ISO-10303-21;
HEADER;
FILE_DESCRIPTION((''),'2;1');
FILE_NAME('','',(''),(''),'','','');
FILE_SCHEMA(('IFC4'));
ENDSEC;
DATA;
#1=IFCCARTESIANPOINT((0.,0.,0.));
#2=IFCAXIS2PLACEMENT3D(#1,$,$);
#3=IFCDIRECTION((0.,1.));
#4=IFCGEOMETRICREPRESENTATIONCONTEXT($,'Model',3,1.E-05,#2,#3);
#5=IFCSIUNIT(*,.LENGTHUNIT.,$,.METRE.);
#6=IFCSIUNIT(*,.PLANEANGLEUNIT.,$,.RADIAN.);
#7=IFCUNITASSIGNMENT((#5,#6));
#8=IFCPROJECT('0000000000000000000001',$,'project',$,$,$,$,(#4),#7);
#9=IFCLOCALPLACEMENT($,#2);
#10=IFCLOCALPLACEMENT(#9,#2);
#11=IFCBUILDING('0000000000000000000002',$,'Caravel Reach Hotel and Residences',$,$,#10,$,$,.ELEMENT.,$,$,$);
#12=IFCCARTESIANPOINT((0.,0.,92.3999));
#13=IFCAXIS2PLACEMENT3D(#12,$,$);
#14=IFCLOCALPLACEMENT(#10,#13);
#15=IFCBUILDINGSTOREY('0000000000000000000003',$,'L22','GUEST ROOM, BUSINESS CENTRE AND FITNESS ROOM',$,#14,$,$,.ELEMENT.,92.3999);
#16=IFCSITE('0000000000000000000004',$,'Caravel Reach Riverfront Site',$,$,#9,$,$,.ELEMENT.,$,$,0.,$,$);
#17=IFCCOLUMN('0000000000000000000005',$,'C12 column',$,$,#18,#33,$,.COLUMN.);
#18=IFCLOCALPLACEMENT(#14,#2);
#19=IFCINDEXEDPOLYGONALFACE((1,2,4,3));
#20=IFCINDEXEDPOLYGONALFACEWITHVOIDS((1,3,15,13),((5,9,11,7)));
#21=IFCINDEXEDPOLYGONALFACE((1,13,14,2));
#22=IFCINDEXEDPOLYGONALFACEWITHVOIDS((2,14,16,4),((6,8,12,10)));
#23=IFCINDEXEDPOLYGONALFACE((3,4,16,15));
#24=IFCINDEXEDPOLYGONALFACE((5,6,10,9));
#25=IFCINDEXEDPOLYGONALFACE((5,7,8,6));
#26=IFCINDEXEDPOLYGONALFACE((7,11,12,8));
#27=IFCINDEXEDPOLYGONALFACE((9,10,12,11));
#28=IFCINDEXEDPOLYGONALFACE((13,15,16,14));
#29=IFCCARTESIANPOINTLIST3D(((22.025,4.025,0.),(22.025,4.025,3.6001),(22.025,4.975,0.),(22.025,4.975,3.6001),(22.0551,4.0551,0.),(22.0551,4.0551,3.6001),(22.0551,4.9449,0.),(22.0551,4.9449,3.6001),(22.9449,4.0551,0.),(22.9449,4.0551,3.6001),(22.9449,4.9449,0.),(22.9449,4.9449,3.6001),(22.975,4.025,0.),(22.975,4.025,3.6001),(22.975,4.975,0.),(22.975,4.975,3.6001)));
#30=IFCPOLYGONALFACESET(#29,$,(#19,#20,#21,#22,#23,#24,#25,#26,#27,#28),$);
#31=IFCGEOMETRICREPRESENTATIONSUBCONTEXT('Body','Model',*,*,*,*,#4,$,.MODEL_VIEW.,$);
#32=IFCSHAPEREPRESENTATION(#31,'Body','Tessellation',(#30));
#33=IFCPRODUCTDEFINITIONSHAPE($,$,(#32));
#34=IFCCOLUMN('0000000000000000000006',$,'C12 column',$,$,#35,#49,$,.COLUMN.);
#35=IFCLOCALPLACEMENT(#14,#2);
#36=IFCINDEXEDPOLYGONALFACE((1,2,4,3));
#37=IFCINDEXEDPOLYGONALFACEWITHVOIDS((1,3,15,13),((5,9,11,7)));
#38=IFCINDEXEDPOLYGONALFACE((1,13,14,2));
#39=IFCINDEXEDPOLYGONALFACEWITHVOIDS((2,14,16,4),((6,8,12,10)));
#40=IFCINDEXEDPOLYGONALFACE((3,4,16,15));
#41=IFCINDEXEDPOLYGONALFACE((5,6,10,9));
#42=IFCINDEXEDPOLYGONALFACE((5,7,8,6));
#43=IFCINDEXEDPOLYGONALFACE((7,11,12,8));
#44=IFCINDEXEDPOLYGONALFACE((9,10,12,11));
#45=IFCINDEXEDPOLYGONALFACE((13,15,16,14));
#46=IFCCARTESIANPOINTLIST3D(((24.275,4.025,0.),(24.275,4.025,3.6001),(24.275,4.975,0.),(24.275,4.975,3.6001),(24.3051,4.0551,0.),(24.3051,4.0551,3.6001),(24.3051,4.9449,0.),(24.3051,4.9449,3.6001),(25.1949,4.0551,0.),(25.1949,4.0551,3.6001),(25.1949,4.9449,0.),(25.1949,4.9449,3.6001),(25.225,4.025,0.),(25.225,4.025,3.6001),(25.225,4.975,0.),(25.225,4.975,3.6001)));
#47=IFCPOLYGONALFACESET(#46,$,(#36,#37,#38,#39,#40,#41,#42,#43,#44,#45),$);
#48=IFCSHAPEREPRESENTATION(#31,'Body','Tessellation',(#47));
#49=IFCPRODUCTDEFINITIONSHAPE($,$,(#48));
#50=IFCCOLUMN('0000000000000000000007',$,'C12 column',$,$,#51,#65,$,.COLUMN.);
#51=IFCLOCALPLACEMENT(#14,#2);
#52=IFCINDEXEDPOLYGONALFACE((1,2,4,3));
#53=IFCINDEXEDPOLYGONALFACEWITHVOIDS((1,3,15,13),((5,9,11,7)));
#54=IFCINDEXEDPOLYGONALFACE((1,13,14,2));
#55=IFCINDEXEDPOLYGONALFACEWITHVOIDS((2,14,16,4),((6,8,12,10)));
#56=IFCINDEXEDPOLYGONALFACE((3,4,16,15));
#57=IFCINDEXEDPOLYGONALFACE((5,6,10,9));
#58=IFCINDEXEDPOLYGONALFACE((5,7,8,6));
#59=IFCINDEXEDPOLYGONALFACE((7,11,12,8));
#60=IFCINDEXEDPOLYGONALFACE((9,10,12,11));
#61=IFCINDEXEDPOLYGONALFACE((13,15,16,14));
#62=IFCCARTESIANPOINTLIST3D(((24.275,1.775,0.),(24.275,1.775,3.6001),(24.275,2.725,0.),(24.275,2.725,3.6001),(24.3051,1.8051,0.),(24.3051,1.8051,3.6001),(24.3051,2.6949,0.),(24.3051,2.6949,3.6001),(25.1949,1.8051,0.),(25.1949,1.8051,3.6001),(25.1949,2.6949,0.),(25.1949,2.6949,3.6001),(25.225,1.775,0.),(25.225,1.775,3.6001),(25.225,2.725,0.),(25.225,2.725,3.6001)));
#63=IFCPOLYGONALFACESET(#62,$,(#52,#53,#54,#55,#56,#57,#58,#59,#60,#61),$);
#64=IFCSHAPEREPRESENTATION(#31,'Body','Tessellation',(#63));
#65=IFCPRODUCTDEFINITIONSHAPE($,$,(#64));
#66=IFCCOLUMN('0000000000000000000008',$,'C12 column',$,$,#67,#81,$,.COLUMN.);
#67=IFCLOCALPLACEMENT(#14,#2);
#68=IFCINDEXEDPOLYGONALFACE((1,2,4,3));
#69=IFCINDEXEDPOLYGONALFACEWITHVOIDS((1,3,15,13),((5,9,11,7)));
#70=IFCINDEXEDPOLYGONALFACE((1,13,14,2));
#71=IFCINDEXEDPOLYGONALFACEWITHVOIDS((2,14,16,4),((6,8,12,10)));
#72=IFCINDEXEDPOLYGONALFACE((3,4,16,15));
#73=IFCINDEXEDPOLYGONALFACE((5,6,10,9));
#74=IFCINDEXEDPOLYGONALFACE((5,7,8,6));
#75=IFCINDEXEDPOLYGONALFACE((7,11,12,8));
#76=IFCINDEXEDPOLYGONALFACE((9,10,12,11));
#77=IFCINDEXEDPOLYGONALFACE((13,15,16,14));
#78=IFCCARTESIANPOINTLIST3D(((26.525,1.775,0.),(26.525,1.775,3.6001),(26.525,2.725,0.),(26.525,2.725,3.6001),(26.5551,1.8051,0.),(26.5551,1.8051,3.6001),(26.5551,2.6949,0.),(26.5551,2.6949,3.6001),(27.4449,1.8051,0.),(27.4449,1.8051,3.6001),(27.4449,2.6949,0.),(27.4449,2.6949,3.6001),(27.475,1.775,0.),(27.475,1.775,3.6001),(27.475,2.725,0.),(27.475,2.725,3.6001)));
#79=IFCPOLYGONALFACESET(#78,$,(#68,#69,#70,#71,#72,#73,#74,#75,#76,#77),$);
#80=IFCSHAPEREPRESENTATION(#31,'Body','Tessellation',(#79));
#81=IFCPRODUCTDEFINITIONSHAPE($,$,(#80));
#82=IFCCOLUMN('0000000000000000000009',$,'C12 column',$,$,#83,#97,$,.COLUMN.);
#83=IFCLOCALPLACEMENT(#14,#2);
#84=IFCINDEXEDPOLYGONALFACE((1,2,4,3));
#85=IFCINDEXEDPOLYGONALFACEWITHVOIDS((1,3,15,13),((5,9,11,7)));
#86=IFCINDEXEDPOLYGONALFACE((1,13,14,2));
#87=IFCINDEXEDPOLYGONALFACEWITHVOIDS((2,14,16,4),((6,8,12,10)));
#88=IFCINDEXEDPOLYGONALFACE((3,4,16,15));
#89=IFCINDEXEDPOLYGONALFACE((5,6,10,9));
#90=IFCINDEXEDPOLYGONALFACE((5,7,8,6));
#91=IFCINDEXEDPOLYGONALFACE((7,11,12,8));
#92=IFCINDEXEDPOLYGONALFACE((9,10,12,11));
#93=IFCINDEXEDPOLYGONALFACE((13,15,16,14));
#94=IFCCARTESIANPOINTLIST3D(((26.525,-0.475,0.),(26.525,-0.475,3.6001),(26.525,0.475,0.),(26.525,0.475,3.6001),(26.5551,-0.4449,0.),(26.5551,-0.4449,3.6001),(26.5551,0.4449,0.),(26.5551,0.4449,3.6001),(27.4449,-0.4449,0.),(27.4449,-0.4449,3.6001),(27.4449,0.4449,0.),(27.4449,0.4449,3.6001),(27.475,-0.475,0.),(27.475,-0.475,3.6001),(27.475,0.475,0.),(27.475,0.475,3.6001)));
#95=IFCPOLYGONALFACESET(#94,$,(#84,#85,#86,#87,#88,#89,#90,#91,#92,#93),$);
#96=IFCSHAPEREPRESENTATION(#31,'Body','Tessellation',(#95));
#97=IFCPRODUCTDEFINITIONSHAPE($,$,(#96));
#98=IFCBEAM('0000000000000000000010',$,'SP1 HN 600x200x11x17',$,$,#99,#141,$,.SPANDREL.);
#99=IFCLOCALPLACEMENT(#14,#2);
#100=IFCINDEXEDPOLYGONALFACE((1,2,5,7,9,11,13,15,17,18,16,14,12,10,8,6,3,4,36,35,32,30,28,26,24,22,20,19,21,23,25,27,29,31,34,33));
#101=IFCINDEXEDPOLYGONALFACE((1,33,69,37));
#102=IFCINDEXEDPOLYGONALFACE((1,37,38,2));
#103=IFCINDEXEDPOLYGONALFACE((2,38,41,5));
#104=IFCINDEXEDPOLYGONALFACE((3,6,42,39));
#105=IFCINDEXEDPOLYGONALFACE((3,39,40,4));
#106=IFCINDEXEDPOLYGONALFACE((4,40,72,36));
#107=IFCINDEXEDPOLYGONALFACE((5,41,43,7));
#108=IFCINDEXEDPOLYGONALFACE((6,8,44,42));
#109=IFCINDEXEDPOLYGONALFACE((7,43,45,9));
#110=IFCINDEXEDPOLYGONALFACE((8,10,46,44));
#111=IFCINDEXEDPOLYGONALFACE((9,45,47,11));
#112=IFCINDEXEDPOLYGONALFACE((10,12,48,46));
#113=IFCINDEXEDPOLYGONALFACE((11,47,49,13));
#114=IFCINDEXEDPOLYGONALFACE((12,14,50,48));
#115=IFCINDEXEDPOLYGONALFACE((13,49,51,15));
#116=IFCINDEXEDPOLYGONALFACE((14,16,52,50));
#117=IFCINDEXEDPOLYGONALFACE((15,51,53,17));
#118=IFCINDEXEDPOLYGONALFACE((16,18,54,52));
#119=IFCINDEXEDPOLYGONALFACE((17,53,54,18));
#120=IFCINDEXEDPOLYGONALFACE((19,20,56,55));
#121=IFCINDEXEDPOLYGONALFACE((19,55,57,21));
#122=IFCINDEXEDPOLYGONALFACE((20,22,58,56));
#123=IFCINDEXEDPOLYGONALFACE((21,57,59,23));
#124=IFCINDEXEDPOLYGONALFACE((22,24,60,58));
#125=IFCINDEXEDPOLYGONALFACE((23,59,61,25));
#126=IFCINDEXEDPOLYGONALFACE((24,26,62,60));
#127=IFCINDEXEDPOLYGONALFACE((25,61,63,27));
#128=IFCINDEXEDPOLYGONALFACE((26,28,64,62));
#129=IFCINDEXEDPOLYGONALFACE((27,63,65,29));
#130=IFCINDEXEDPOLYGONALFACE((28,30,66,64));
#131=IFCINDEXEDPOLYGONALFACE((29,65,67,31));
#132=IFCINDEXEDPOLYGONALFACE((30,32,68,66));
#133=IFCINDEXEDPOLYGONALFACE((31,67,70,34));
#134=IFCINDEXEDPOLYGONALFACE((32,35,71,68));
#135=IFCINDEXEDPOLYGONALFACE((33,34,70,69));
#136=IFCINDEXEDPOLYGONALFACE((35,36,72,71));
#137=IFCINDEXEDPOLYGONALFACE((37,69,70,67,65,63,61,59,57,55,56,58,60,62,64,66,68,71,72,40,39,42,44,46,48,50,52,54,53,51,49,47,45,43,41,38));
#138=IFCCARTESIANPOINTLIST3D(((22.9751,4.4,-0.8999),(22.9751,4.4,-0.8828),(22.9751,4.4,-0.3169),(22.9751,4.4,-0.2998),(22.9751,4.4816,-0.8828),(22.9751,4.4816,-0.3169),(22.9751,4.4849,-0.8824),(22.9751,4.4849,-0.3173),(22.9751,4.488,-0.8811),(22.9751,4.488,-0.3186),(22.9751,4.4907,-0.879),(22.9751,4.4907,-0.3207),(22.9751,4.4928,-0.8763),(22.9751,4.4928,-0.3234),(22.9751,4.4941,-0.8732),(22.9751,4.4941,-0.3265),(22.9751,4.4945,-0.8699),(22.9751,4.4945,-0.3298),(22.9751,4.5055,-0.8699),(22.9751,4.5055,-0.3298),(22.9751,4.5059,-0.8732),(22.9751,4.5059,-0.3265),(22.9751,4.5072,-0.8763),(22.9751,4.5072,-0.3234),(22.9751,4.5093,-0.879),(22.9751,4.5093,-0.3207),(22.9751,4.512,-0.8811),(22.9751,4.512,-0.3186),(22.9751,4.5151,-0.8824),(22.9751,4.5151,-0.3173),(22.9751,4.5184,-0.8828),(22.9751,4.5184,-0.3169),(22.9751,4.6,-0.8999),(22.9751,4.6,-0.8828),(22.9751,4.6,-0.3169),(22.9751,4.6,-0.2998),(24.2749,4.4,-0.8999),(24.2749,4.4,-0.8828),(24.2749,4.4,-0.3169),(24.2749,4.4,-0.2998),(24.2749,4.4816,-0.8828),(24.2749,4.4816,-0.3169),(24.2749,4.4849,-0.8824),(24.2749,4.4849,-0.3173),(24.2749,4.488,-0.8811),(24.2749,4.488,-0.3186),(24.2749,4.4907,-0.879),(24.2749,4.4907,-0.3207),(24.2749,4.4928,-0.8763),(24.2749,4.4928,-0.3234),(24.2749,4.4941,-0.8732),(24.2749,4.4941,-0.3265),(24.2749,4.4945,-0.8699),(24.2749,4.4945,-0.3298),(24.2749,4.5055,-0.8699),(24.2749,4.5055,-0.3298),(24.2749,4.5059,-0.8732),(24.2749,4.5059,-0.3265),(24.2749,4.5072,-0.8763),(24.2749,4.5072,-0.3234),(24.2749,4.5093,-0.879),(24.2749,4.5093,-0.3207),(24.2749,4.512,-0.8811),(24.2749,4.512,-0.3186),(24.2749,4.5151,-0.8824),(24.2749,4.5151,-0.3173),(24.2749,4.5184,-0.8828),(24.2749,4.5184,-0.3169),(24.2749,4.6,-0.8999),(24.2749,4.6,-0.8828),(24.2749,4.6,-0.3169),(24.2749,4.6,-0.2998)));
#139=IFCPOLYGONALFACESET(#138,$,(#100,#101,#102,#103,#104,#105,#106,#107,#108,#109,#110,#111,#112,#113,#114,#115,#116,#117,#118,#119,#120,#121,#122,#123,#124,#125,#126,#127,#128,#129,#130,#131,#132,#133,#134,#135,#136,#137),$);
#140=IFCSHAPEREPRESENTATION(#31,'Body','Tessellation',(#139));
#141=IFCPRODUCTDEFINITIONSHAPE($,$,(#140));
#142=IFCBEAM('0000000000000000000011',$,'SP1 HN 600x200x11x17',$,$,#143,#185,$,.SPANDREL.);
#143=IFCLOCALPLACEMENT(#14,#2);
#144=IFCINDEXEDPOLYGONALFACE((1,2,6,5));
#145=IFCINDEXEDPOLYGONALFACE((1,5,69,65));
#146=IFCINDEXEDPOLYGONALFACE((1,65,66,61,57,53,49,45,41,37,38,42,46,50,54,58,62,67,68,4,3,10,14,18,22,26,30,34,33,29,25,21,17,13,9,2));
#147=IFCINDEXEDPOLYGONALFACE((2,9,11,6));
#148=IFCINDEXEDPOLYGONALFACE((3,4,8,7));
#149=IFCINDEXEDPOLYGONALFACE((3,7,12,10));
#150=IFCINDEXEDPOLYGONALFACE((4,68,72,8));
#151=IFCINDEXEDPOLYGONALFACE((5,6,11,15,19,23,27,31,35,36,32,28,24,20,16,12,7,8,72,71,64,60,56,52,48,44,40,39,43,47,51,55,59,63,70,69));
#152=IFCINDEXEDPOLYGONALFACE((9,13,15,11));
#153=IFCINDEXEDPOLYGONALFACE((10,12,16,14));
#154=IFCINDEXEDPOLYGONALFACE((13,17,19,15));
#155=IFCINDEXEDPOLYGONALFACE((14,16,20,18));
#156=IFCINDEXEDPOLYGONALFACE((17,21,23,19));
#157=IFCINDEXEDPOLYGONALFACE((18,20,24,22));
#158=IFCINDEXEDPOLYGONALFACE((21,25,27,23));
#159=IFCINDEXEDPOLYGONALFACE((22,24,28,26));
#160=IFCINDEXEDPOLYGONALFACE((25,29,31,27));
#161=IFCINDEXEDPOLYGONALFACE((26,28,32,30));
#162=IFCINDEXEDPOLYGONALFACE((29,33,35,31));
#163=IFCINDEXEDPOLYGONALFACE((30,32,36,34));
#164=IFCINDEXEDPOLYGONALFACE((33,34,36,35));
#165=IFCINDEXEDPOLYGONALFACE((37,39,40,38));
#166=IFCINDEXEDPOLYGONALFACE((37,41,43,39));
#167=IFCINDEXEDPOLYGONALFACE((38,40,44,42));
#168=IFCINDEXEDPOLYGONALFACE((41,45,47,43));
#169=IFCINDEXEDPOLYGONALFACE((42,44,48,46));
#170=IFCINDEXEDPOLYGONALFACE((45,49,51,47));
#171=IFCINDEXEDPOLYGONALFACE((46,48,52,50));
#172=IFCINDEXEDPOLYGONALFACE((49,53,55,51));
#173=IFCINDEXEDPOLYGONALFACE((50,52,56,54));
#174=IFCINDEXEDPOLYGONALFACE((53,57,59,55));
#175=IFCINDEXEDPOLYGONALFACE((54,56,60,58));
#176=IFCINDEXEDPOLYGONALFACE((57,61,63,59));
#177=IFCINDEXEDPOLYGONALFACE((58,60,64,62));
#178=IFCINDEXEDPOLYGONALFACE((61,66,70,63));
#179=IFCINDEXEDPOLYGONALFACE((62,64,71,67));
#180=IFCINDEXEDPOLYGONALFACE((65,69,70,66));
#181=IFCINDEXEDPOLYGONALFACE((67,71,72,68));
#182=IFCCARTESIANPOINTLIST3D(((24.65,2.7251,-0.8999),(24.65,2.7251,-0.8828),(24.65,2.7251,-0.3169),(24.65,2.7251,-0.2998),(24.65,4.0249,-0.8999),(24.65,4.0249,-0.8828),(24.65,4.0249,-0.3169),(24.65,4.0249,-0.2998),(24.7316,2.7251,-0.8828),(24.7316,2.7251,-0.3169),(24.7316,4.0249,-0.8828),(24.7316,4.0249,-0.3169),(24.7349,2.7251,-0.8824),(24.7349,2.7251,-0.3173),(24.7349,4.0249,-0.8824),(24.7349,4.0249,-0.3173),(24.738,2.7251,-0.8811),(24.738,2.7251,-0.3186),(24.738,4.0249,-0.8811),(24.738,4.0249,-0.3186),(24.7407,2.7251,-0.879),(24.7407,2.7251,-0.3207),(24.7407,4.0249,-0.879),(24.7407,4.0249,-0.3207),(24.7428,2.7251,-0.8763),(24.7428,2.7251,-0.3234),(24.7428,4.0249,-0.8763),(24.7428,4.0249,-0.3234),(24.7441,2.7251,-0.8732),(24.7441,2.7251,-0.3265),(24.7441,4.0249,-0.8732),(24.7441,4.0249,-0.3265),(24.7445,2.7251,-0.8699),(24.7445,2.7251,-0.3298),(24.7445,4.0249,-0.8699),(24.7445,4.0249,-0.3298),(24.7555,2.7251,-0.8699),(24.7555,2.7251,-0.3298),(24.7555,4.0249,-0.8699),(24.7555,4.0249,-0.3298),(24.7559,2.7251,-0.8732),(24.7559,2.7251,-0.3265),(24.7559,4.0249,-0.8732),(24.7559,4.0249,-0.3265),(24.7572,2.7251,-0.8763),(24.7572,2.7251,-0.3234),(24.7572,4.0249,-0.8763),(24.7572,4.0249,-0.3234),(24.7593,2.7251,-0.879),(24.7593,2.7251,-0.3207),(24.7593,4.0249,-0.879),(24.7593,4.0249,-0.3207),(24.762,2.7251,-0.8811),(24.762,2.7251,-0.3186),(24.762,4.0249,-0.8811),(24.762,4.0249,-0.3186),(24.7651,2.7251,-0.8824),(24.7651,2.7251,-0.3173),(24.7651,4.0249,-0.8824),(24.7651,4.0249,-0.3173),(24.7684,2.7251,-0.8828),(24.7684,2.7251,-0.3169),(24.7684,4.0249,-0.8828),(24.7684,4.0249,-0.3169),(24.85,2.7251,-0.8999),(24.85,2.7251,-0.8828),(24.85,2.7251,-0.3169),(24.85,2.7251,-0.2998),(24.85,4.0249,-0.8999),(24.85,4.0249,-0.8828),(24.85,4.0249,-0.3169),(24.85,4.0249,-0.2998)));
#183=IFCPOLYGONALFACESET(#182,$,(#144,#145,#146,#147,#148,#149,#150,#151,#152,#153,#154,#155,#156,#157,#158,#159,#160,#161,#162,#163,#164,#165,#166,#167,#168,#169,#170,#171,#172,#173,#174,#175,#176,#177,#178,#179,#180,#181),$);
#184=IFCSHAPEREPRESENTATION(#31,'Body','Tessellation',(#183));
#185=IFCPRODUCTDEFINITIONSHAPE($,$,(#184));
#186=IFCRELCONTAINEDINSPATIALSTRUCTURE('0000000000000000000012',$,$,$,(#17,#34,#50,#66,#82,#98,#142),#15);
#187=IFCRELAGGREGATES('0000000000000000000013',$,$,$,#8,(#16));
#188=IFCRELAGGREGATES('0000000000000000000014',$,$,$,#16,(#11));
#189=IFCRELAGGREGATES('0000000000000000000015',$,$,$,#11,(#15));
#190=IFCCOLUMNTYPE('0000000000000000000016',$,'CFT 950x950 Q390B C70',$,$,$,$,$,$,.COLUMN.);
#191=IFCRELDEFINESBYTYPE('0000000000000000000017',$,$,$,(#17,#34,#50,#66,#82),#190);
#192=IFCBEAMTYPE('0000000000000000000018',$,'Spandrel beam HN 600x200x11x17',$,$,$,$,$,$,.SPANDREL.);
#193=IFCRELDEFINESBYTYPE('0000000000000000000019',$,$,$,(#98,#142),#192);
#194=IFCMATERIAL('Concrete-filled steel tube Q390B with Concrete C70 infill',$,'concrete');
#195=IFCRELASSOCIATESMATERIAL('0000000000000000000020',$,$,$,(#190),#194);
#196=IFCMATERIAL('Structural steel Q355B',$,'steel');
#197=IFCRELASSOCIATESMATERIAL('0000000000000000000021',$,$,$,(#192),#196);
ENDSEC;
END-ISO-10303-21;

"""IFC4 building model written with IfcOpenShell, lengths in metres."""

from ifc_helpers import new_model, si_unit, direction, frame, origin, origin_2d, place, context, subcontext, project, spatial, hollow_rectangle, i_section, extrude, material, material_profile, profile_set, type_object, element, save


model = new_model("IFC4")

# Units and contexts
model_context = context("Model", 3, precision=1e-05, world=origin(), true_north=direction((0.0, 1.0)))
body_context = subcontext(model_context, "Body", "Model", "MODEL_VIEW")
ifc_project = project(units=[si_unit("LENGTHUNIT", "METRE"), si_unit("PLANEANGLEUNIT", "RADIAN")], contexts=[model_context])

# Site, building, storey
site_placement = place(None, origin())
site = spatial("IfcSite", under=ifc_project, at=site_placement, Name="Caravel Reach Riverfront Site", CompositionType="ELEMENT", RefElevation=0.0)
building_placement = place(site_placement, origin())
building = spatial("IfcBuilding", under=site, at=building_placement, Name="Caravel Reach Hotel and Residences", CompositionType="ELEMENT")
storey_placement = place(building_placement, frame((0.0, 0.0, 92.3999)))
storey = spatial("IfcBuildingStorey", under=building, at=storey_placement, Name="L22", Description="GUEST ROOM, BUSINESS CENTRE AND FITNESS ROOM", CompositionType="ELEMENT", Elevation=92.3999)

# Columns
ifc_material_1 = material(Name="Concrete-filled steel tube Q390B with Concrete C70 infill", Category="concrete")
ifc_material_profile_1 = material_profile(ifc_material_1, hollow_rectangle(XDim=0.95, YDim=0.95, WallThickness=0.03, at=origin_2d()), Name="RHS 950x950x30")
ifc_profile_set_1 = profile_set([ifc_material_profile_1], Name="Concrete-filled steel tube Q390B with Concrete C70 infill")
column_type = type_object("IfcColumnType", Name="CFT 950x950 Q390B C70", PredefinedType="COLUMN", material=ifc_profile_set_1)
for number, where, z_axis, x_axis, name in (
    (1, (22.5, 4.5, 0.0), (0.0, 0.0, 1.0), (1.0, 0.0, 0.0), "C12 column"),
    (2, (24.75, 4.5, 0.0), (0.0, 0.0, 1.0), (1.0, 0.0, 0.0), "C12 column"),
    (3, (24.75, 2.25, 0.0), (0.0, 0.0, 1.0), (1.0, 0.0, 0.0), "C12 column"),
    (4, (27.0, 2.25, 0.0), (0.0, 0.0, 1.0), (1.0, 0.0, 0.0), "C12 column"),
    (5, (27.0, 0.0, 0.0), (0.0, 0.0, 1.0), (1.0, 0.0, 0.0), "C12 column"),
):
    element("IfcColumn", number, at=place(storey_placement, frame(where, z_axis=z_axis, x_axis=x_axis)), inside=storey, type_object=column_type, Name=name, PredefinedType="COLUMN", context=body_context, shape_type="SweptSolid", body=[
        extrude(hollow_rectangle(XDim=0.95, YDim=0.95, WallThickness=0.03, at=origin_2d()), origin(), (0.0, 0.0, 1.0), 3.6001),
    ])

# Beams
ifc_material_2 = material(Name="Structural steel Q355B", Category="steel")
ifc_material_profile_2 = material_profile(ifc_material_2, i_section(OverallWidth=0.2, OverallDepth=0.6001, WebThickness=0.011, FlangeThickness=0.0171, FilletRadius=0.0129, at=origin_2d()), Name="HN 600x200x11x17")
ifc_profile_set_2 = profile_set([ifc_material_profile_2], Name="Structural steel Q355B")
beam_type = type_object("IfcBeamType", Name="Spandrel beam HN 600x200x11x17", PredefinedType="SPANDREL", material=ifc_profile_set_2)
for number, where, z_axis, x_axis, name in (
    (6, (22.9751, 4.5, -0.5999), (1.0, 0.0, 0.0), (0.0, 1.0, 0.0), "SP1 HN 600x200x11x17"),
    (7, (24.75, 4.0249, -0.5999), (0.0, -1.0, 0.0), (1.0, 0.0, 0.0), "SP1 HN 600x200x11x17"),
):
    element("IfcBeam", number, at=place(storey_placement, frame(where, z_axis=z_axis, x_axis=x_axis)), inside=storey, type_object=beam_type, Name=name, PredefinedType="SPANDREL", context=body_context, shape_type="SweptSolid", body=[
        extrude(i_section(OverallWidth=0.2, OverallDepth=0.6001, WebThickness=0.011, FlangeThickness=0.0171, FilletRadius=0.0129, at=origin_2d()), origin(), (0.0, 0.0, 1.0), 1.2998),
    ])

save(model, "model.ifc")
